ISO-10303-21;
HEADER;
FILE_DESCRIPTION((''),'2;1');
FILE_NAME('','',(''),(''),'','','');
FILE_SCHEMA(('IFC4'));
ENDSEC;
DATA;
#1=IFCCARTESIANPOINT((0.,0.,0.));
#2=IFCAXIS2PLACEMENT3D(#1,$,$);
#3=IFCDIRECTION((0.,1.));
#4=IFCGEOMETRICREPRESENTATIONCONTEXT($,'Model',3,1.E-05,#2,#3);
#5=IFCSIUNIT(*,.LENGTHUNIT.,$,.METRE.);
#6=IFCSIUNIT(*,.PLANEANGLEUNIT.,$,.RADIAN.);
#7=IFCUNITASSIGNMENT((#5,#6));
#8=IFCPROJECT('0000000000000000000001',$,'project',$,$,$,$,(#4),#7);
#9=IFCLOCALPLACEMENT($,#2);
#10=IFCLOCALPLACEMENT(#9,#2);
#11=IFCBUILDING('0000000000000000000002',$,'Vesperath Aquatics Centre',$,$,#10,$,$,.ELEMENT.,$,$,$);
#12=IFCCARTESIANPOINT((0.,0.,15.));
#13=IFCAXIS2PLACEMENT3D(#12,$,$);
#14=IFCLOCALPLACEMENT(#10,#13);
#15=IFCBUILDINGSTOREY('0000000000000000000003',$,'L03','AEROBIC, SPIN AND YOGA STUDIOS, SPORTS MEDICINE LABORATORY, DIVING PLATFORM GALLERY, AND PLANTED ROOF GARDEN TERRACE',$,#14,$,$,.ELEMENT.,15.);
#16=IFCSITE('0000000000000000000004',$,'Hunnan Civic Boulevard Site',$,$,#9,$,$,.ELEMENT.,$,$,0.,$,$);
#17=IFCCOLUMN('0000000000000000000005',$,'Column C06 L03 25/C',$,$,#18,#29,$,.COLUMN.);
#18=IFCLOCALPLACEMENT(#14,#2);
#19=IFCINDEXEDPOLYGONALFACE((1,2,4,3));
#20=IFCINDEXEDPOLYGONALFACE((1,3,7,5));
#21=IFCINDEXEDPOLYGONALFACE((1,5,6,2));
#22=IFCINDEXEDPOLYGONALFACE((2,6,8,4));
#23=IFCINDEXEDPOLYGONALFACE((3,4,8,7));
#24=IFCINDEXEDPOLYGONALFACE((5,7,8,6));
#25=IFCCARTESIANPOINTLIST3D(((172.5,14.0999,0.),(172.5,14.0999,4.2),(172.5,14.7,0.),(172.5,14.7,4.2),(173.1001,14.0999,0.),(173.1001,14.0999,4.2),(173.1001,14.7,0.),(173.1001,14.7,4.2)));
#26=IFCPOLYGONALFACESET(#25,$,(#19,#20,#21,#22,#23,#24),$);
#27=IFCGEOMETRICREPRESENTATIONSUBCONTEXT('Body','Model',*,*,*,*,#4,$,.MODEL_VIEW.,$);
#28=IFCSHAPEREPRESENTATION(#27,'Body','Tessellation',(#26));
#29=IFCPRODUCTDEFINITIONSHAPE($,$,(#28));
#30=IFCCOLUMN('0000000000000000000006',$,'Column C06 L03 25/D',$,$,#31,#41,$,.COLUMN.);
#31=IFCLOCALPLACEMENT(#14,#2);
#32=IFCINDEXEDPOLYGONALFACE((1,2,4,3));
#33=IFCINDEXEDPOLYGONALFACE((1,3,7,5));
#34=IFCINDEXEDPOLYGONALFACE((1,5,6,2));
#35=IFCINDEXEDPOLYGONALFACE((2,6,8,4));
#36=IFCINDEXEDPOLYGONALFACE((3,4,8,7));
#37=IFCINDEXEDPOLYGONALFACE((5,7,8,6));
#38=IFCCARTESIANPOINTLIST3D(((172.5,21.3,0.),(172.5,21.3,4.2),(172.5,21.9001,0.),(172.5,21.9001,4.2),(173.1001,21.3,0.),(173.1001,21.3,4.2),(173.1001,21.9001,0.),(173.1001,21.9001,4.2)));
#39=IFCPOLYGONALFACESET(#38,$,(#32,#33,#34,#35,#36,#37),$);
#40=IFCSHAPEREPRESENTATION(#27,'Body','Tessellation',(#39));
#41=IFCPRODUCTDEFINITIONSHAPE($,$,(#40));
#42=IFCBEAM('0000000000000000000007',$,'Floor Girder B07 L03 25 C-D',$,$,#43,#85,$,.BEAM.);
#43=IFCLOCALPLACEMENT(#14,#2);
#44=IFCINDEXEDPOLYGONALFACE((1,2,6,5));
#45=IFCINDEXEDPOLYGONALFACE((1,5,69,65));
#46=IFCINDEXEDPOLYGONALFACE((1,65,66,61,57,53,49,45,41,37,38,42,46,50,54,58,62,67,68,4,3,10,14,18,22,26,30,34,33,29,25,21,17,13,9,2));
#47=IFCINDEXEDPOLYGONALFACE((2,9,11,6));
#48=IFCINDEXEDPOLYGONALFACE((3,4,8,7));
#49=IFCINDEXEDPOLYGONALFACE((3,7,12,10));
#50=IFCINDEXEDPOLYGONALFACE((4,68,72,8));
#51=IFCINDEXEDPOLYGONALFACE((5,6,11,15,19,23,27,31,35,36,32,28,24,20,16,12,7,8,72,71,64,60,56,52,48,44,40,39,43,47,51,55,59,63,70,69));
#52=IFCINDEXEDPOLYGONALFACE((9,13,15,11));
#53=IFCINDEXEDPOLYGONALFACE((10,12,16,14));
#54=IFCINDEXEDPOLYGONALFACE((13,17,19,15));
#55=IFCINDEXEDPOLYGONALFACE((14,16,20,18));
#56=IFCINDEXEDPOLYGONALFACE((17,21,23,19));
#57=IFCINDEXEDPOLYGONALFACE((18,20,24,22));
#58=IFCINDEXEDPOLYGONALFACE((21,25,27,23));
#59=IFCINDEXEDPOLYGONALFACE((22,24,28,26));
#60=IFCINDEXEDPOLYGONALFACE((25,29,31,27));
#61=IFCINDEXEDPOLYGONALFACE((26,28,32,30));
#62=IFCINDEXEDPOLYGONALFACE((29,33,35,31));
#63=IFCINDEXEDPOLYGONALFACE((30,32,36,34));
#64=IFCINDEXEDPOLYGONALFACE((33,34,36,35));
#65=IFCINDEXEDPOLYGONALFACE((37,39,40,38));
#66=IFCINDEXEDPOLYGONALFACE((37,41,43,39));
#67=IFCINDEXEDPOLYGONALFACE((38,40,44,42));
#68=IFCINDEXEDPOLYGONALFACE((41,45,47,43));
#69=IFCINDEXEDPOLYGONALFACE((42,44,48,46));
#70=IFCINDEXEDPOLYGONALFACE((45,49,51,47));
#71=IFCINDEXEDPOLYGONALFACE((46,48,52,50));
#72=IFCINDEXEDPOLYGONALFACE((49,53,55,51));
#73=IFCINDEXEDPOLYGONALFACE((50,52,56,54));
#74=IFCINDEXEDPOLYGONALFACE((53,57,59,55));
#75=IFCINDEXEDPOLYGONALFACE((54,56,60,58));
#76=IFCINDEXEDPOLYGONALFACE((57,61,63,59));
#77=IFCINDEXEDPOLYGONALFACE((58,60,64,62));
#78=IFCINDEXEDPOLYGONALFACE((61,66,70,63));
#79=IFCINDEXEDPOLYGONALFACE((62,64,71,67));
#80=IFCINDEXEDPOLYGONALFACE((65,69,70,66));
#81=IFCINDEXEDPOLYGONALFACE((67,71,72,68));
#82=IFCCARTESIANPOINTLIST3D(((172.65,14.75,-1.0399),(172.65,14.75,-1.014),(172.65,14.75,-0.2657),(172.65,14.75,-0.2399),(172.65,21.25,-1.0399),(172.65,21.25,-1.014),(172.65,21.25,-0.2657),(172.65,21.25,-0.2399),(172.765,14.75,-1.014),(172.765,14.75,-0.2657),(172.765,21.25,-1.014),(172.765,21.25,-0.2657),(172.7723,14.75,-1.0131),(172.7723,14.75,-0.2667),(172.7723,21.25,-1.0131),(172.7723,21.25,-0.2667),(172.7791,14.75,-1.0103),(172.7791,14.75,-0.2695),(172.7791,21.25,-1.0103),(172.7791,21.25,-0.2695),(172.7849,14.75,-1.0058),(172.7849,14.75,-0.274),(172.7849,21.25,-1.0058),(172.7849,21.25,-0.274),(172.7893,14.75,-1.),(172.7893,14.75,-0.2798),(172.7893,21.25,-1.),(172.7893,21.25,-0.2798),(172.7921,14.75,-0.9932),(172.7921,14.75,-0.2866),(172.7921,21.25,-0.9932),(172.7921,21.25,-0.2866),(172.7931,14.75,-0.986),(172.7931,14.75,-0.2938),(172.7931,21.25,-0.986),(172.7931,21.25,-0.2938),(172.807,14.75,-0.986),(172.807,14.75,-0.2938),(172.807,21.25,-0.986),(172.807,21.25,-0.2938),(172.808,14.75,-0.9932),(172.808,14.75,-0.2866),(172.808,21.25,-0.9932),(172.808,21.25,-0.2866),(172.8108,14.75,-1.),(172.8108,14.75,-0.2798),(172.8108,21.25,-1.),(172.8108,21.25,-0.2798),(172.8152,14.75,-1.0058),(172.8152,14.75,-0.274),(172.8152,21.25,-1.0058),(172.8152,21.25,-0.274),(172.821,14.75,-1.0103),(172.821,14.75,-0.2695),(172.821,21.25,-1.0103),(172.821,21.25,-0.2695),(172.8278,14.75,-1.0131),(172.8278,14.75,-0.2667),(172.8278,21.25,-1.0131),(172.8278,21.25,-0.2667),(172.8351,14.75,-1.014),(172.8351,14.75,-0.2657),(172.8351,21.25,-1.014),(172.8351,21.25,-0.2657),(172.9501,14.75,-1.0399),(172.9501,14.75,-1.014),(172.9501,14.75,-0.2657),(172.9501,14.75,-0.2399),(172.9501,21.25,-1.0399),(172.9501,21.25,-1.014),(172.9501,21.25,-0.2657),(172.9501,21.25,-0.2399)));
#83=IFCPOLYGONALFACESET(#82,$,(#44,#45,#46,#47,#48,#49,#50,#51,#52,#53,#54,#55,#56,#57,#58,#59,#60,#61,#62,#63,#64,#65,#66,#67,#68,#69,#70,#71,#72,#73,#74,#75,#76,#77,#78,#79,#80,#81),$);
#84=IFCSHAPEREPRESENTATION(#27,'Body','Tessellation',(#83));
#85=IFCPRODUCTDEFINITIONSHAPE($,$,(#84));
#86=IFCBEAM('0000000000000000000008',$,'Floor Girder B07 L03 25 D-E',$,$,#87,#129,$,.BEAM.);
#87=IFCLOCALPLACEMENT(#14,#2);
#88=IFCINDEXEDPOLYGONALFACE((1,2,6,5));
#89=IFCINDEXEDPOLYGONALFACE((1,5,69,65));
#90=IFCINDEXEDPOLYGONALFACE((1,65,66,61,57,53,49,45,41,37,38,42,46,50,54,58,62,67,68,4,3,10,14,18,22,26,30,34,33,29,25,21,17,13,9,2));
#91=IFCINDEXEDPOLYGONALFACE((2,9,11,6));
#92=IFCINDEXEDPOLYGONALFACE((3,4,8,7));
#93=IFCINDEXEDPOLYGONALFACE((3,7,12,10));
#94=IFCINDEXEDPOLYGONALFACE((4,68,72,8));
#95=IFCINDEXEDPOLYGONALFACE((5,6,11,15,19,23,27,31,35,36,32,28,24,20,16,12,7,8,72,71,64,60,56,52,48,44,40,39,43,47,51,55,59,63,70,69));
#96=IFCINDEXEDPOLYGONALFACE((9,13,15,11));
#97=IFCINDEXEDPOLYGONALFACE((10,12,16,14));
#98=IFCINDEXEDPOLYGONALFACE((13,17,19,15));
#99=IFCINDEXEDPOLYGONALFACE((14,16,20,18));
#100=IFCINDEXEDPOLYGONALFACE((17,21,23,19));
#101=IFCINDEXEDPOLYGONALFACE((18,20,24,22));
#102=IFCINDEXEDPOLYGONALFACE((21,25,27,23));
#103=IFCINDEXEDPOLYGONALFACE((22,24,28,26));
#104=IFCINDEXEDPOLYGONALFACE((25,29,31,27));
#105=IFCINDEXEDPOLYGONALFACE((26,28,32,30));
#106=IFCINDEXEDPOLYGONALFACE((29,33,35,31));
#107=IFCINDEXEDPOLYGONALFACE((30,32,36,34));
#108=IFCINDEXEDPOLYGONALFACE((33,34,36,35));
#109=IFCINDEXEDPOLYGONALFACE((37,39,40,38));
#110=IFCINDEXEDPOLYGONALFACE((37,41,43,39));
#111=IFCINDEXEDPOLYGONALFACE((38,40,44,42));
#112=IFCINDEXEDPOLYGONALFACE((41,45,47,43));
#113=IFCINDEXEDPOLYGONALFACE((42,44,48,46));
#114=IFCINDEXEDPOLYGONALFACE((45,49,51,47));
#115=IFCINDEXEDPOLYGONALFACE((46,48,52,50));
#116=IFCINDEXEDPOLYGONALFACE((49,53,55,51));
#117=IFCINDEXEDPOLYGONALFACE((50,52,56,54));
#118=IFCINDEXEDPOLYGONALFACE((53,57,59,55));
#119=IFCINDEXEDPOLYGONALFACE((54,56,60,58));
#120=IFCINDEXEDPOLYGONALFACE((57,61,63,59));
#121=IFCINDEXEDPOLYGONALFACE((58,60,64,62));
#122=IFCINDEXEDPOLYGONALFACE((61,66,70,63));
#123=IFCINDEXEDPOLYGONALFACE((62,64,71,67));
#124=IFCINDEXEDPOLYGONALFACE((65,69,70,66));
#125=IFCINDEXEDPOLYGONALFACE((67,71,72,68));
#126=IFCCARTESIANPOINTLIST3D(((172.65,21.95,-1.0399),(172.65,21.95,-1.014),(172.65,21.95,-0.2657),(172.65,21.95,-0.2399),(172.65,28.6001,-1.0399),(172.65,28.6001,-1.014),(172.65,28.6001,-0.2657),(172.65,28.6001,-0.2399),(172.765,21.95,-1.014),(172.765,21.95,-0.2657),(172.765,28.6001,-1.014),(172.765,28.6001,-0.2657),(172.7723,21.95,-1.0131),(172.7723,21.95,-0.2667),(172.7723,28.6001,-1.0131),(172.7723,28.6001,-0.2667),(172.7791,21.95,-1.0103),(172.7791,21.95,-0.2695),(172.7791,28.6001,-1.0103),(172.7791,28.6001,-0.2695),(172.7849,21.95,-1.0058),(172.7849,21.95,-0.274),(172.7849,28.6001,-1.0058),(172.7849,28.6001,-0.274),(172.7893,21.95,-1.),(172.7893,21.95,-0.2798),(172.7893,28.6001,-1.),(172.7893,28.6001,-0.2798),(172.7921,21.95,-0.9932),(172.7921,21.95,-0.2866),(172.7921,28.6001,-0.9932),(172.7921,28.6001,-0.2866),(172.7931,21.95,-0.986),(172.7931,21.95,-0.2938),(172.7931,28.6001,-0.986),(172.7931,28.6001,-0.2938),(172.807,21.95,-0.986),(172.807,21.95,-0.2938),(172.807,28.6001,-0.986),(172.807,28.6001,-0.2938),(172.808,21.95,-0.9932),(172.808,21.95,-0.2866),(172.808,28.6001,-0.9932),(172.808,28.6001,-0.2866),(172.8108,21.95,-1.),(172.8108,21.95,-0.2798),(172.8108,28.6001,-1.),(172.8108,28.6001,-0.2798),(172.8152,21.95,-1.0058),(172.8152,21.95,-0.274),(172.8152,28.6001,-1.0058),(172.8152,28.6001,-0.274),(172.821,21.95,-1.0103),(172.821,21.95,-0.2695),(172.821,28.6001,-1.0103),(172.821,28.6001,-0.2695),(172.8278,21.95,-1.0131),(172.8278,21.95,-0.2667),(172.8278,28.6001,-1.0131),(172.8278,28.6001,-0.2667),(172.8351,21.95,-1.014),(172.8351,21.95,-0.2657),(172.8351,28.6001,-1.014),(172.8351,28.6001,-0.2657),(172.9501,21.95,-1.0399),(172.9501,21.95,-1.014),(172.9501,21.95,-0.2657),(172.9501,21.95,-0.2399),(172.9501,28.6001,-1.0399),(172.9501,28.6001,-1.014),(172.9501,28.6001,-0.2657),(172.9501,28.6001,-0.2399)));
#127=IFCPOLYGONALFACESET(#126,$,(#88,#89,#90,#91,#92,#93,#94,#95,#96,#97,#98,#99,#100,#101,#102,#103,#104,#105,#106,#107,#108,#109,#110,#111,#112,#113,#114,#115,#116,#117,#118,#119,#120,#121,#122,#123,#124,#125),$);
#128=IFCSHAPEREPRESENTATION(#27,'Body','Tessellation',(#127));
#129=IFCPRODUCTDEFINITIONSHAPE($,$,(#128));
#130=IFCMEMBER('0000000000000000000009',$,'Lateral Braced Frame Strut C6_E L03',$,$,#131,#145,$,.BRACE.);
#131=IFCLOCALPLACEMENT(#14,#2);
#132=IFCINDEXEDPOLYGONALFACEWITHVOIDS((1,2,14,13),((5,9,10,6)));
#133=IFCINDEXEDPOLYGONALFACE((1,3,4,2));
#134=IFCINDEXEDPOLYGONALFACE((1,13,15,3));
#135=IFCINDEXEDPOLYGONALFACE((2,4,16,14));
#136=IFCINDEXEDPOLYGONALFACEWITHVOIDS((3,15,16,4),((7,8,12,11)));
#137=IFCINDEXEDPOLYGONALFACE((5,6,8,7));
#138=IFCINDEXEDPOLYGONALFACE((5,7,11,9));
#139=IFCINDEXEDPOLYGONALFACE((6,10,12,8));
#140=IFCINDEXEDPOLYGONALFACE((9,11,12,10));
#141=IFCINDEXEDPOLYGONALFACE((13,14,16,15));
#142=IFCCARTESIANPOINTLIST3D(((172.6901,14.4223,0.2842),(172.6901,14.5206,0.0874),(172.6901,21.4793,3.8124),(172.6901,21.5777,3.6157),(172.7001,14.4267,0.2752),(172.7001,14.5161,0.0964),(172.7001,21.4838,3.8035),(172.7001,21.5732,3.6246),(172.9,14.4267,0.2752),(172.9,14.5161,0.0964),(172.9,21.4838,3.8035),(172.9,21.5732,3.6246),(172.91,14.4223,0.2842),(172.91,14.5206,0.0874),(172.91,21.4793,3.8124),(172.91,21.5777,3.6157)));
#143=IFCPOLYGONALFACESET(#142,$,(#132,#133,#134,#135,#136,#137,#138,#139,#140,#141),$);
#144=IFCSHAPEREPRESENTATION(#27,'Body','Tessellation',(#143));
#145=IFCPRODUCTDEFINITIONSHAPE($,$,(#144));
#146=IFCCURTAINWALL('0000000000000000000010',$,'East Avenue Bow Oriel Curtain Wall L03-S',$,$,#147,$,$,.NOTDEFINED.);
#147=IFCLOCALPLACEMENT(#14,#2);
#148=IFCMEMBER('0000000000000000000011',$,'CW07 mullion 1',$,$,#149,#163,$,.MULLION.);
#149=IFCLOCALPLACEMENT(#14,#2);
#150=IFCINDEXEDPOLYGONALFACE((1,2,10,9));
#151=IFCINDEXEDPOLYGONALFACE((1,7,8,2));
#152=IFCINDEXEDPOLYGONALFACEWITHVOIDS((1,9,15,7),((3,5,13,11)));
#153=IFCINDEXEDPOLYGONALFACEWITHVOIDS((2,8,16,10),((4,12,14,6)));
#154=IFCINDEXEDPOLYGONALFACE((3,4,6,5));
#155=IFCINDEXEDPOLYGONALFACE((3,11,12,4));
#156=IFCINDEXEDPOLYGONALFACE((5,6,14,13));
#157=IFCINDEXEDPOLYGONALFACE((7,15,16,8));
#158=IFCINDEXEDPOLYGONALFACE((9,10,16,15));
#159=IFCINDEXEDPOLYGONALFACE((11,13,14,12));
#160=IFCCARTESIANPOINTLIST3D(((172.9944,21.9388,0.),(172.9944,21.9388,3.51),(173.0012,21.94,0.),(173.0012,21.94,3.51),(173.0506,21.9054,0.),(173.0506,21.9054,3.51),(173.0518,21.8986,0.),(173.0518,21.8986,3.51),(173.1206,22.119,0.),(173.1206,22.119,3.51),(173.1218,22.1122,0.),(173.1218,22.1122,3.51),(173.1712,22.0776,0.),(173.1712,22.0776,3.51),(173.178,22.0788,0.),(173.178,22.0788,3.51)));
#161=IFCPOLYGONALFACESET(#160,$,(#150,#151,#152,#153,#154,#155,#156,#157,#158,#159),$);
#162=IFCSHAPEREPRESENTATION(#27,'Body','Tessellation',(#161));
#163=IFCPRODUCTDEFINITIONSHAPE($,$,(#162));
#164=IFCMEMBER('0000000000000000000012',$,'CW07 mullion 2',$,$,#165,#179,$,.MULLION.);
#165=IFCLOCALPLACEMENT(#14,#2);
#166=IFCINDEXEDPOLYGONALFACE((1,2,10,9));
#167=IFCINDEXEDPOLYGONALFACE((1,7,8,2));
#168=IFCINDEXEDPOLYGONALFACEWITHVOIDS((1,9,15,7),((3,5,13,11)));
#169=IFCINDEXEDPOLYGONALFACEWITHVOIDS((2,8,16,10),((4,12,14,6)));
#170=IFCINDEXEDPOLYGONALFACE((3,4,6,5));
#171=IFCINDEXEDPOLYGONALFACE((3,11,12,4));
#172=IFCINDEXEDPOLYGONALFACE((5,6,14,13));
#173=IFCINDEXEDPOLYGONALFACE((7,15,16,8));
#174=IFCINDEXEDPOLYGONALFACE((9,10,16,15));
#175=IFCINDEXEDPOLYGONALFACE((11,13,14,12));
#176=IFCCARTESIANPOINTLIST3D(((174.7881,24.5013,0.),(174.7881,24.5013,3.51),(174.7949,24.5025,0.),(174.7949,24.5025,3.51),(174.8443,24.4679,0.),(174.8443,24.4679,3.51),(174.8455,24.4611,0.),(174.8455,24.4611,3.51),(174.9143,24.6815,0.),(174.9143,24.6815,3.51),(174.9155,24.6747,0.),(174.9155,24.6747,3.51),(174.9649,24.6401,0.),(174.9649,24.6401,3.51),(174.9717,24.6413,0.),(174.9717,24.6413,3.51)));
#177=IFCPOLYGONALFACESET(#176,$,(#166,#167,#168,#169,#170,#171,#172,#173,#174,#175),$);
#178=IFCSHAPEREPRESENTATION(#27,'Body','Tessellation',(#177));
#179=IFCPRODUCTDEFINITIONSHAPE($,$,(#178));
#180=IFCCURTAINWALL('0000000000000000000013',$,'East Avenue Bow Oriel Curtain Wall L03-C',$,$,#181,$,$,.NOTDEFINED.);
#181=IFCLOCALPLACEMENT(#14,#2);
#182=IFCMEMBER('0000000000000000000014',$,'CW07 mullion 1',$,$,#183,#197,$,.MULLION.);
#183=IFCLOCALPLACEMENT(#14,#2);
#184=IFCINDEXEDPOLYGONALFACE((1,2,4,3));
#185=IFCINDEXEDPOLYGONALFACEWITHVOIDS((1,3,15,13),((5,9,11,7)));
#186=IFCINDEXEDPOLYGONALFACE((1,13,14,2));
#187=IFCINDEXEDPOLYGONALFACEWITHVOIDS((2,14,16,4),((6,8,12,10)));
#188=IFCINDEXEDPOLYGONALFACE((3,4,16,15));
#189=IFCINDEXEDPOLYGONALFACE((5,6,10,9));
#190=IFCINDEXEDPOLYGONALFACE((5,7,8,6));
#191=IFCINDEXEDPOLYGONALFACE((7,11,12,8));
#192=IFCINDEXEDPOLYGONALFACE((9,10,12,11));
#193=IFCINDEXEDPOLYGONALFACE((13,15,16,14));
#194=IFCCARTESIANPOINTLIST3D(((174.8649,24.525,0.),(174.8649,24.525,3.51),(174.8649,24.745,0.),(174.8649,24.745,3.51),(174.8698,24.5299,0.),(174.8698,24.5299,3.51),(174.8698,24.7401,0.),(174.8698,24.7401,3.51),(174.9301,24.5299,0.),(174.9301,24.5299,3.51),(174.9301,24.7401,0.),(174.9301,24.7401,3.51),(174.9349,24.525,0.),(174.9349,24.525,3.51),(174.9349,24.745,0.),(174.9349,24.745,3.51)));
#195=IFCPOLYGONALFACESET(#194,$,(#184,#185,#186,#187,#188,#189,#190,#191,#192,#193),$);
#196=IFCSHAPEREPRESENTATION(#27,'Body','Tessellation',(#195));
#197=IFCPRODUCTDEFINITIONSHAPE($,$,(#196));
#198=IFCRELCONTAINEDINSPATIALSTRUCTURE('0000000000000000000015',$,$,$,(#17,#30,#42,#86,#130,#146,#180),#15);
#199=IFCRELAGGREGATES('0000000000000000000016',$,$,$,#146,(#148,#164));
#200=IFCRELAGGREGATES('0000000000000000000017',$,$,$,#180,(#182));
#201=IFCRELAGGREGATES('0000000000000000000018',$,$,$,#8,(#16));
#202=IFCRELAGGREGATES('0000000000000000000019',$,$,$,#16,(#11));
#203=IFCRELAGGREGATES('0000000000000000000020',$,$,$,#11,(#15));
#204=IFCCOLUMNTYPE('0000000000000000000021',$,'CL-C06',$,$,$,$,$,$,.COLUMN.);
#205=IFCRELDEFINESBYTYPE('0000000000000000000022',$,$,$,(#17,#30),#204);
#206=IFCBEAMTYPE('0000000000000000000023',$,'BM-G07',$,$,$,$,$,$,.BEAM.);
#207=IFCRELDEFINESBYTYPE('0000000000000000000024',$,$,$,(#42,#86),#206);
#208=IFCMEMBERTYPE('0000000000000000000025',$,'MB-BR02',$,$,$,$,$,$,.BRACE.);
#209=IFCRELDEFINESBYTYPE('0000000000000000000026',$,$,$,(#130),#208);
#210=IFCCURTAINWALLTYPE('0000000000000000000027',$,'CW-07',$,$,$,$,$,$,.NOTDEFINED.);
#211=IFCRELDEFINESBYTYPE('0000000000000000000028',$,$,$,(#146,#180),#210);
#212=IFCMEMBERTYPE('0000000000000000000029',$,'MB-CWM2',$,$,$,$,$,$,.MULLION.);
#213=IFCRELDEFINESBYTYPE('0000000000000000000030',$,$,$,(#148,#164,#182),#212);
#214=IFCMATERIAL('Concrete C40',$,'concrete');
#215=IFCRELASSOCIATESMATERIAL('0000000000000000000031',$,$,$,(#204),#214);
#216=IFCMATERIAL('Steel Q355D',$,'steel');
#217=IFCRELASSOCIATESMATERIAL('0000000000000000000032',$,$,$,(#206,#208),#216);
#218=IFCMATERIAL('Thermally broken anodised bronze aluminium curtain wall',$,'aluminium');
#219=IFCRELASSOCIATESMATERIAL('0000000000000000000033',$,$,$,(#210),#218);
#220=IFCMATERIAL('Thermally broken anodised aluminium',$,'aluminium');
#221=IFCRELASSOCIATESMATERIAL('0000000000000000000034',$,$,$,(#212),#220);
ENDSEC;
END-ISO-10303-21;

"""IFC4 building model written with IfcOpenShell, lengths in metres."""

from ifc_helpers import new_model, si_unit, direction, frame, origin, origin_2d, place, context, subcontext, project, spatial, rectangle, hollow_rectangle, i_section, extrude, material, material_profile, profile_set, type_object, element, aggregate, save


model = new_model("IFC4")

# Units and contexts
model_context = context("Model", 3, precision=1e-05, world=origin(), true_north=direction((0.0, 1.0)))
body_context = subcontext(model_context, "Body", "Model", "MODEL_VIEW")
ifc_project = project(units=[si_unit("LENGTHUNIT", "METRE"), si_unit("PLANEANGLEUNIT", "RADIAN")], contexts=[model_context])

# Site, building, storey
site_placement = place(None, origin())
site = spatial("IfcSite", under=ifc_project, at=site_placement, Name="Hunnan Civic Boulevard Site", CompositionType="ELEMENT", RefElevation=0.0)
building_placement = place(site_placement, origin())
building = spatial("IfcBuilding", under=site, at=building_placement, Name="Vesperath Aquatics Centre", CompositionType="ELEMENT")
storey_placement = place(building_placement, frame((0.0, 0.0, 15.0)))
storey = spatial("IfcBuildingStorey", under=building, at=storey_placement, Name="L03", Description="AEROBIC, SPIN AND YOGA STUDIOS, SPORTS MEDICINE LABORATORY, DIVING PLATFORM GALLERY, AND PLANTED ROOF GARDEN TERRACE", CompositionType="ELEMENT", Elevation=15.0)

# Columns
ifc_material_1 = material(Name="Concrete C40", Category="concrete")
ifc_material_profile_1 = material_profile(ifc_material_1, rectangle(XDim=0.6001, YDim=0.6001, at=origin_2d()), Name="RC 600x600")
ifc_profile_set_1 = profile_set([ifc_material_profile_1], Name="Concrete C40")
column_type = type_object("IfcColumnType", Name="CL-C06", PredefinedType="COLUMN", material=ifc_profile_set_1)
for number, where, z_axis, x_axis, name in (
    (1, (172.8, 14.3999, 0.0), (0.0, 0.0, 1.0), (1.0, 0.0, 0.0), "Column C06 L03 25/C"),
    (2, (172.8, 21.6001, 0.0), (0.0, 0.0, 1.0), (1.0, 0.0, 0.0), "Column C06 L03 25/D"),
):
    element("IfcColumn", number, at=place(storey_placement, frame(where, z_axis=z_axis, x_axis=x_axis)), inside=storey, type_object=column_type, Name=name, PredefinedType="COLUMN", context=body_context, shape_type="SweptSolid", body=[
        extrude(rectangle(XDim=0.6001, YDim=0.6001, at=origin_2d()), origin(), (0.0, 0.0, 1.0), 4.2),
    ])

# Beams
ifc_material_2 = material(Name="Steel Q355D", Category="steel")
ifc_material_profile_2 = material_profile(ifc_material_2, i_section(OverallWidth=0.3, OverallDepth=0.8, WebThickness=0.0139, FlangeThickness=0.0259, FilletRadius=0.0281, at=origin_2d()), Name="HN 800x300x14x26")
ifc_profile_set_2 = profile_set([ifc_material_profile_2], Name="Steel Q355D")
beam_type = type_object("IfcBeamType", Name="BM-G07", PredefinedType="BEAM", material=ifc_profile_set_2)
beam_1_placement = place(storey_placement, frame((172.8, 14.75, -0.6399), z_axis=(0.0, 1.0, 0.0), x_axis=(-1.0, 0.0, 0.0)))
element("IfcBeam", 3, at=beam_1_placement, inside=storey, type_object=beam_type, Name="Floor Girder B07 L03 25 C-D", PredefinedType="BEAM", context=body_context, shape_type="SweptSolid", body=[
    extrude(i_section(OverallWidth=0.3, OverallDepth=0.8, WebThickness=0.0139, FlangeThickness=0.0259, FilletRadius=0.0281, at=origin_2d()), origin(), (0.0, 0.0, 1.0), 6.5),
])
beam_2_placement = place(storey_placement, frame((172.8, 21.95, -0.6399), z_axis=(0.0, 1.0, 0.0), x_axis=(-1.0, 0.0, 0.0)))
element("IfcBeam", 4, at=beam_2_placement, inside=storey, type_object=beam_type, Name="Floor Girder B07 L03 25 D-E", PredefinedType="BEAM", context=body_context, shape_type="SweptSolid", body=[
    extrude(i_section(OverallWidth=0.3, OverallDepth=0.8, WebThickness=0.0139, FlangeThickness=0.0259, FilletRadius=0.0281, at=origin_2d()), origin(), (0.0, 0.0, 1.0), 6.6501),
])

# Member
ifc_material_profile_3 = material_profile(ifc_material_2, hollow_rectangle(XDim=0.22, YDim=0.22, WallThickness=0.01, at=origin_2d()), Name="SHS 220x220x10")
ifc_profile_set_3 = profile_set([ifc_material_profile_3], Name="Steel Q355D")
member_type_1 = type_object("IfcMemberType", Name="MB-BR02", PredefinedType="BRACE", material=ifc_profile_set_3)
member_1_placement = place(storey_placement, frame((172.8, 14.4714, 0.1858), z_axis=(0.0, 0.89444, 0.447189), x_axis=(-1.0, 0.0, 0.0)))
element("IfcMember", 5, at=member_1_placement, inside=storey, type_object=member_type_1, Name="Lateral Braced Frame Strut C6_E L03", PredefinedType="BRACE", context=body_context, shape_type="SweptSolid", body=[
    extrude(hollow_rectangle(XDim=0.22, YDim=0.22, WallThickness=0.01, at=origin_2d()), origin(), (0.0, 0.0, 1.0), 7.8899),
])

# Curtain walls, members
ifc_material_3 = material(Name="Thermally broken anodised bronze aluminium curtain wall", Category="aluminium")
curtain_wall_type = type_object("IfcCurtainWallType", Name="CW-07", PredefinedType="NOTDEFINED", material=ifc_material_3)
curtain_wall_1_placement = place(storey_placement, origin())
curtain_wall_1 = element("IfcCurtainWall", 6, at=curtain_wall_1_placement, inside=storey, type_object=curtain_wall_type, Name="East Avenue Bow Oriel Curtain Wall L03-S", PredefinedType="NOTDEFINED")
ifc_material_4 = material(Name="Thermally broken anodised aluminium", Category="aluminium")
ifc_material_profile_4 = material_profile(ifc_material_4, hollow_rectangle(XDim=0.0701, YDim=0.22, WallThickness=0.0049, at=origin_2d()), Name="CWM 70x220x5")
ifc_profile_set_4 = profile_set([ifc_material_profile_4], Name="Thermally broken anodised aluminium")
member_type_2 = type_object("IfcMemberType", Name="MB-CWM2", PredefinedType="MULLION", material=ifc_profile_set_4)
member_2_placement = place(storey_placement, frame((173.0862, 22.0088, 0.0), z_axis=(0.0, 0.0, 1.0), x_axis=(-0.819232, 0.573462, 0.0)))
member_2 = element("IfcMember", 7, at=member_2_placement, type_object=member_type_2, Name="CW07 mullion 1", PredefinedType="MULLION", context=body_context, shape_type="SweptSolid", body=[
    extrude(hollow_rectangle(XDim=0.0701, YDim=0.22, WallThickness=0.0049, at=origin_2d()), origin(), (0.0, 0.0, 1.0), 3.51),
])
member_3_placement = place(storey_placement, frame((174.8799, 24.5713, 0.0), z_axis=(0.0, 0.0, 1.0), x_axis=(-0.819232, 0.573462, 0.0)))
member_3 = element("IfcMember", 8, at=member_3_placement, type_object=member_type_2, Name="CW07 mullion 2", PredefinedType="MULLION", context=body_context, shape_type="SweptSolid", body=[
    extrude(hollow_rectangle(XDim=0.0701, YDim=0.22, WallThickness=0.0049, at=origin_2d()), origin(), (0.0, 0.0, 1.0), 3.51),
])
curtain_wall_2_placement = place(storey_placement, origin())
curtain_wall_2 = element("IfcCurtainWall", 9, at=curtain_wall_2_placement, inside=storey, type_object=curtain_wall_type, Name="East Avenue Bow Oriel Curtain Wall L03-C", PredefinedType="NOTDEFINED")
member_4_placement = place(storey_placement, frame((174.8999, 24.635, 0.0), z_axis=(0.0, 0.0, 1.0), x_axis=(-1.0, 0.0, 0.0)))
member_4 = element("IfcMember", 10, at=member_4_placement, type_object=member_type_2, Name="CW07 mullion 1", PredefinedType="MULLION", context=body_context, shape_type="SweptSolid", body=[
    extrude(hollow_rectangle(XDim=0.0701, YDim=0.22, WallThickness=0.0049, at=origin_2d()), origin(), (0.0, 0.0, 1.0), 3.51),
])

aggregate(curtain_wall_1, [member_2, member_3])
aggregate(curtain_wall_2, [member_4])

save(model, "model.ifc")
